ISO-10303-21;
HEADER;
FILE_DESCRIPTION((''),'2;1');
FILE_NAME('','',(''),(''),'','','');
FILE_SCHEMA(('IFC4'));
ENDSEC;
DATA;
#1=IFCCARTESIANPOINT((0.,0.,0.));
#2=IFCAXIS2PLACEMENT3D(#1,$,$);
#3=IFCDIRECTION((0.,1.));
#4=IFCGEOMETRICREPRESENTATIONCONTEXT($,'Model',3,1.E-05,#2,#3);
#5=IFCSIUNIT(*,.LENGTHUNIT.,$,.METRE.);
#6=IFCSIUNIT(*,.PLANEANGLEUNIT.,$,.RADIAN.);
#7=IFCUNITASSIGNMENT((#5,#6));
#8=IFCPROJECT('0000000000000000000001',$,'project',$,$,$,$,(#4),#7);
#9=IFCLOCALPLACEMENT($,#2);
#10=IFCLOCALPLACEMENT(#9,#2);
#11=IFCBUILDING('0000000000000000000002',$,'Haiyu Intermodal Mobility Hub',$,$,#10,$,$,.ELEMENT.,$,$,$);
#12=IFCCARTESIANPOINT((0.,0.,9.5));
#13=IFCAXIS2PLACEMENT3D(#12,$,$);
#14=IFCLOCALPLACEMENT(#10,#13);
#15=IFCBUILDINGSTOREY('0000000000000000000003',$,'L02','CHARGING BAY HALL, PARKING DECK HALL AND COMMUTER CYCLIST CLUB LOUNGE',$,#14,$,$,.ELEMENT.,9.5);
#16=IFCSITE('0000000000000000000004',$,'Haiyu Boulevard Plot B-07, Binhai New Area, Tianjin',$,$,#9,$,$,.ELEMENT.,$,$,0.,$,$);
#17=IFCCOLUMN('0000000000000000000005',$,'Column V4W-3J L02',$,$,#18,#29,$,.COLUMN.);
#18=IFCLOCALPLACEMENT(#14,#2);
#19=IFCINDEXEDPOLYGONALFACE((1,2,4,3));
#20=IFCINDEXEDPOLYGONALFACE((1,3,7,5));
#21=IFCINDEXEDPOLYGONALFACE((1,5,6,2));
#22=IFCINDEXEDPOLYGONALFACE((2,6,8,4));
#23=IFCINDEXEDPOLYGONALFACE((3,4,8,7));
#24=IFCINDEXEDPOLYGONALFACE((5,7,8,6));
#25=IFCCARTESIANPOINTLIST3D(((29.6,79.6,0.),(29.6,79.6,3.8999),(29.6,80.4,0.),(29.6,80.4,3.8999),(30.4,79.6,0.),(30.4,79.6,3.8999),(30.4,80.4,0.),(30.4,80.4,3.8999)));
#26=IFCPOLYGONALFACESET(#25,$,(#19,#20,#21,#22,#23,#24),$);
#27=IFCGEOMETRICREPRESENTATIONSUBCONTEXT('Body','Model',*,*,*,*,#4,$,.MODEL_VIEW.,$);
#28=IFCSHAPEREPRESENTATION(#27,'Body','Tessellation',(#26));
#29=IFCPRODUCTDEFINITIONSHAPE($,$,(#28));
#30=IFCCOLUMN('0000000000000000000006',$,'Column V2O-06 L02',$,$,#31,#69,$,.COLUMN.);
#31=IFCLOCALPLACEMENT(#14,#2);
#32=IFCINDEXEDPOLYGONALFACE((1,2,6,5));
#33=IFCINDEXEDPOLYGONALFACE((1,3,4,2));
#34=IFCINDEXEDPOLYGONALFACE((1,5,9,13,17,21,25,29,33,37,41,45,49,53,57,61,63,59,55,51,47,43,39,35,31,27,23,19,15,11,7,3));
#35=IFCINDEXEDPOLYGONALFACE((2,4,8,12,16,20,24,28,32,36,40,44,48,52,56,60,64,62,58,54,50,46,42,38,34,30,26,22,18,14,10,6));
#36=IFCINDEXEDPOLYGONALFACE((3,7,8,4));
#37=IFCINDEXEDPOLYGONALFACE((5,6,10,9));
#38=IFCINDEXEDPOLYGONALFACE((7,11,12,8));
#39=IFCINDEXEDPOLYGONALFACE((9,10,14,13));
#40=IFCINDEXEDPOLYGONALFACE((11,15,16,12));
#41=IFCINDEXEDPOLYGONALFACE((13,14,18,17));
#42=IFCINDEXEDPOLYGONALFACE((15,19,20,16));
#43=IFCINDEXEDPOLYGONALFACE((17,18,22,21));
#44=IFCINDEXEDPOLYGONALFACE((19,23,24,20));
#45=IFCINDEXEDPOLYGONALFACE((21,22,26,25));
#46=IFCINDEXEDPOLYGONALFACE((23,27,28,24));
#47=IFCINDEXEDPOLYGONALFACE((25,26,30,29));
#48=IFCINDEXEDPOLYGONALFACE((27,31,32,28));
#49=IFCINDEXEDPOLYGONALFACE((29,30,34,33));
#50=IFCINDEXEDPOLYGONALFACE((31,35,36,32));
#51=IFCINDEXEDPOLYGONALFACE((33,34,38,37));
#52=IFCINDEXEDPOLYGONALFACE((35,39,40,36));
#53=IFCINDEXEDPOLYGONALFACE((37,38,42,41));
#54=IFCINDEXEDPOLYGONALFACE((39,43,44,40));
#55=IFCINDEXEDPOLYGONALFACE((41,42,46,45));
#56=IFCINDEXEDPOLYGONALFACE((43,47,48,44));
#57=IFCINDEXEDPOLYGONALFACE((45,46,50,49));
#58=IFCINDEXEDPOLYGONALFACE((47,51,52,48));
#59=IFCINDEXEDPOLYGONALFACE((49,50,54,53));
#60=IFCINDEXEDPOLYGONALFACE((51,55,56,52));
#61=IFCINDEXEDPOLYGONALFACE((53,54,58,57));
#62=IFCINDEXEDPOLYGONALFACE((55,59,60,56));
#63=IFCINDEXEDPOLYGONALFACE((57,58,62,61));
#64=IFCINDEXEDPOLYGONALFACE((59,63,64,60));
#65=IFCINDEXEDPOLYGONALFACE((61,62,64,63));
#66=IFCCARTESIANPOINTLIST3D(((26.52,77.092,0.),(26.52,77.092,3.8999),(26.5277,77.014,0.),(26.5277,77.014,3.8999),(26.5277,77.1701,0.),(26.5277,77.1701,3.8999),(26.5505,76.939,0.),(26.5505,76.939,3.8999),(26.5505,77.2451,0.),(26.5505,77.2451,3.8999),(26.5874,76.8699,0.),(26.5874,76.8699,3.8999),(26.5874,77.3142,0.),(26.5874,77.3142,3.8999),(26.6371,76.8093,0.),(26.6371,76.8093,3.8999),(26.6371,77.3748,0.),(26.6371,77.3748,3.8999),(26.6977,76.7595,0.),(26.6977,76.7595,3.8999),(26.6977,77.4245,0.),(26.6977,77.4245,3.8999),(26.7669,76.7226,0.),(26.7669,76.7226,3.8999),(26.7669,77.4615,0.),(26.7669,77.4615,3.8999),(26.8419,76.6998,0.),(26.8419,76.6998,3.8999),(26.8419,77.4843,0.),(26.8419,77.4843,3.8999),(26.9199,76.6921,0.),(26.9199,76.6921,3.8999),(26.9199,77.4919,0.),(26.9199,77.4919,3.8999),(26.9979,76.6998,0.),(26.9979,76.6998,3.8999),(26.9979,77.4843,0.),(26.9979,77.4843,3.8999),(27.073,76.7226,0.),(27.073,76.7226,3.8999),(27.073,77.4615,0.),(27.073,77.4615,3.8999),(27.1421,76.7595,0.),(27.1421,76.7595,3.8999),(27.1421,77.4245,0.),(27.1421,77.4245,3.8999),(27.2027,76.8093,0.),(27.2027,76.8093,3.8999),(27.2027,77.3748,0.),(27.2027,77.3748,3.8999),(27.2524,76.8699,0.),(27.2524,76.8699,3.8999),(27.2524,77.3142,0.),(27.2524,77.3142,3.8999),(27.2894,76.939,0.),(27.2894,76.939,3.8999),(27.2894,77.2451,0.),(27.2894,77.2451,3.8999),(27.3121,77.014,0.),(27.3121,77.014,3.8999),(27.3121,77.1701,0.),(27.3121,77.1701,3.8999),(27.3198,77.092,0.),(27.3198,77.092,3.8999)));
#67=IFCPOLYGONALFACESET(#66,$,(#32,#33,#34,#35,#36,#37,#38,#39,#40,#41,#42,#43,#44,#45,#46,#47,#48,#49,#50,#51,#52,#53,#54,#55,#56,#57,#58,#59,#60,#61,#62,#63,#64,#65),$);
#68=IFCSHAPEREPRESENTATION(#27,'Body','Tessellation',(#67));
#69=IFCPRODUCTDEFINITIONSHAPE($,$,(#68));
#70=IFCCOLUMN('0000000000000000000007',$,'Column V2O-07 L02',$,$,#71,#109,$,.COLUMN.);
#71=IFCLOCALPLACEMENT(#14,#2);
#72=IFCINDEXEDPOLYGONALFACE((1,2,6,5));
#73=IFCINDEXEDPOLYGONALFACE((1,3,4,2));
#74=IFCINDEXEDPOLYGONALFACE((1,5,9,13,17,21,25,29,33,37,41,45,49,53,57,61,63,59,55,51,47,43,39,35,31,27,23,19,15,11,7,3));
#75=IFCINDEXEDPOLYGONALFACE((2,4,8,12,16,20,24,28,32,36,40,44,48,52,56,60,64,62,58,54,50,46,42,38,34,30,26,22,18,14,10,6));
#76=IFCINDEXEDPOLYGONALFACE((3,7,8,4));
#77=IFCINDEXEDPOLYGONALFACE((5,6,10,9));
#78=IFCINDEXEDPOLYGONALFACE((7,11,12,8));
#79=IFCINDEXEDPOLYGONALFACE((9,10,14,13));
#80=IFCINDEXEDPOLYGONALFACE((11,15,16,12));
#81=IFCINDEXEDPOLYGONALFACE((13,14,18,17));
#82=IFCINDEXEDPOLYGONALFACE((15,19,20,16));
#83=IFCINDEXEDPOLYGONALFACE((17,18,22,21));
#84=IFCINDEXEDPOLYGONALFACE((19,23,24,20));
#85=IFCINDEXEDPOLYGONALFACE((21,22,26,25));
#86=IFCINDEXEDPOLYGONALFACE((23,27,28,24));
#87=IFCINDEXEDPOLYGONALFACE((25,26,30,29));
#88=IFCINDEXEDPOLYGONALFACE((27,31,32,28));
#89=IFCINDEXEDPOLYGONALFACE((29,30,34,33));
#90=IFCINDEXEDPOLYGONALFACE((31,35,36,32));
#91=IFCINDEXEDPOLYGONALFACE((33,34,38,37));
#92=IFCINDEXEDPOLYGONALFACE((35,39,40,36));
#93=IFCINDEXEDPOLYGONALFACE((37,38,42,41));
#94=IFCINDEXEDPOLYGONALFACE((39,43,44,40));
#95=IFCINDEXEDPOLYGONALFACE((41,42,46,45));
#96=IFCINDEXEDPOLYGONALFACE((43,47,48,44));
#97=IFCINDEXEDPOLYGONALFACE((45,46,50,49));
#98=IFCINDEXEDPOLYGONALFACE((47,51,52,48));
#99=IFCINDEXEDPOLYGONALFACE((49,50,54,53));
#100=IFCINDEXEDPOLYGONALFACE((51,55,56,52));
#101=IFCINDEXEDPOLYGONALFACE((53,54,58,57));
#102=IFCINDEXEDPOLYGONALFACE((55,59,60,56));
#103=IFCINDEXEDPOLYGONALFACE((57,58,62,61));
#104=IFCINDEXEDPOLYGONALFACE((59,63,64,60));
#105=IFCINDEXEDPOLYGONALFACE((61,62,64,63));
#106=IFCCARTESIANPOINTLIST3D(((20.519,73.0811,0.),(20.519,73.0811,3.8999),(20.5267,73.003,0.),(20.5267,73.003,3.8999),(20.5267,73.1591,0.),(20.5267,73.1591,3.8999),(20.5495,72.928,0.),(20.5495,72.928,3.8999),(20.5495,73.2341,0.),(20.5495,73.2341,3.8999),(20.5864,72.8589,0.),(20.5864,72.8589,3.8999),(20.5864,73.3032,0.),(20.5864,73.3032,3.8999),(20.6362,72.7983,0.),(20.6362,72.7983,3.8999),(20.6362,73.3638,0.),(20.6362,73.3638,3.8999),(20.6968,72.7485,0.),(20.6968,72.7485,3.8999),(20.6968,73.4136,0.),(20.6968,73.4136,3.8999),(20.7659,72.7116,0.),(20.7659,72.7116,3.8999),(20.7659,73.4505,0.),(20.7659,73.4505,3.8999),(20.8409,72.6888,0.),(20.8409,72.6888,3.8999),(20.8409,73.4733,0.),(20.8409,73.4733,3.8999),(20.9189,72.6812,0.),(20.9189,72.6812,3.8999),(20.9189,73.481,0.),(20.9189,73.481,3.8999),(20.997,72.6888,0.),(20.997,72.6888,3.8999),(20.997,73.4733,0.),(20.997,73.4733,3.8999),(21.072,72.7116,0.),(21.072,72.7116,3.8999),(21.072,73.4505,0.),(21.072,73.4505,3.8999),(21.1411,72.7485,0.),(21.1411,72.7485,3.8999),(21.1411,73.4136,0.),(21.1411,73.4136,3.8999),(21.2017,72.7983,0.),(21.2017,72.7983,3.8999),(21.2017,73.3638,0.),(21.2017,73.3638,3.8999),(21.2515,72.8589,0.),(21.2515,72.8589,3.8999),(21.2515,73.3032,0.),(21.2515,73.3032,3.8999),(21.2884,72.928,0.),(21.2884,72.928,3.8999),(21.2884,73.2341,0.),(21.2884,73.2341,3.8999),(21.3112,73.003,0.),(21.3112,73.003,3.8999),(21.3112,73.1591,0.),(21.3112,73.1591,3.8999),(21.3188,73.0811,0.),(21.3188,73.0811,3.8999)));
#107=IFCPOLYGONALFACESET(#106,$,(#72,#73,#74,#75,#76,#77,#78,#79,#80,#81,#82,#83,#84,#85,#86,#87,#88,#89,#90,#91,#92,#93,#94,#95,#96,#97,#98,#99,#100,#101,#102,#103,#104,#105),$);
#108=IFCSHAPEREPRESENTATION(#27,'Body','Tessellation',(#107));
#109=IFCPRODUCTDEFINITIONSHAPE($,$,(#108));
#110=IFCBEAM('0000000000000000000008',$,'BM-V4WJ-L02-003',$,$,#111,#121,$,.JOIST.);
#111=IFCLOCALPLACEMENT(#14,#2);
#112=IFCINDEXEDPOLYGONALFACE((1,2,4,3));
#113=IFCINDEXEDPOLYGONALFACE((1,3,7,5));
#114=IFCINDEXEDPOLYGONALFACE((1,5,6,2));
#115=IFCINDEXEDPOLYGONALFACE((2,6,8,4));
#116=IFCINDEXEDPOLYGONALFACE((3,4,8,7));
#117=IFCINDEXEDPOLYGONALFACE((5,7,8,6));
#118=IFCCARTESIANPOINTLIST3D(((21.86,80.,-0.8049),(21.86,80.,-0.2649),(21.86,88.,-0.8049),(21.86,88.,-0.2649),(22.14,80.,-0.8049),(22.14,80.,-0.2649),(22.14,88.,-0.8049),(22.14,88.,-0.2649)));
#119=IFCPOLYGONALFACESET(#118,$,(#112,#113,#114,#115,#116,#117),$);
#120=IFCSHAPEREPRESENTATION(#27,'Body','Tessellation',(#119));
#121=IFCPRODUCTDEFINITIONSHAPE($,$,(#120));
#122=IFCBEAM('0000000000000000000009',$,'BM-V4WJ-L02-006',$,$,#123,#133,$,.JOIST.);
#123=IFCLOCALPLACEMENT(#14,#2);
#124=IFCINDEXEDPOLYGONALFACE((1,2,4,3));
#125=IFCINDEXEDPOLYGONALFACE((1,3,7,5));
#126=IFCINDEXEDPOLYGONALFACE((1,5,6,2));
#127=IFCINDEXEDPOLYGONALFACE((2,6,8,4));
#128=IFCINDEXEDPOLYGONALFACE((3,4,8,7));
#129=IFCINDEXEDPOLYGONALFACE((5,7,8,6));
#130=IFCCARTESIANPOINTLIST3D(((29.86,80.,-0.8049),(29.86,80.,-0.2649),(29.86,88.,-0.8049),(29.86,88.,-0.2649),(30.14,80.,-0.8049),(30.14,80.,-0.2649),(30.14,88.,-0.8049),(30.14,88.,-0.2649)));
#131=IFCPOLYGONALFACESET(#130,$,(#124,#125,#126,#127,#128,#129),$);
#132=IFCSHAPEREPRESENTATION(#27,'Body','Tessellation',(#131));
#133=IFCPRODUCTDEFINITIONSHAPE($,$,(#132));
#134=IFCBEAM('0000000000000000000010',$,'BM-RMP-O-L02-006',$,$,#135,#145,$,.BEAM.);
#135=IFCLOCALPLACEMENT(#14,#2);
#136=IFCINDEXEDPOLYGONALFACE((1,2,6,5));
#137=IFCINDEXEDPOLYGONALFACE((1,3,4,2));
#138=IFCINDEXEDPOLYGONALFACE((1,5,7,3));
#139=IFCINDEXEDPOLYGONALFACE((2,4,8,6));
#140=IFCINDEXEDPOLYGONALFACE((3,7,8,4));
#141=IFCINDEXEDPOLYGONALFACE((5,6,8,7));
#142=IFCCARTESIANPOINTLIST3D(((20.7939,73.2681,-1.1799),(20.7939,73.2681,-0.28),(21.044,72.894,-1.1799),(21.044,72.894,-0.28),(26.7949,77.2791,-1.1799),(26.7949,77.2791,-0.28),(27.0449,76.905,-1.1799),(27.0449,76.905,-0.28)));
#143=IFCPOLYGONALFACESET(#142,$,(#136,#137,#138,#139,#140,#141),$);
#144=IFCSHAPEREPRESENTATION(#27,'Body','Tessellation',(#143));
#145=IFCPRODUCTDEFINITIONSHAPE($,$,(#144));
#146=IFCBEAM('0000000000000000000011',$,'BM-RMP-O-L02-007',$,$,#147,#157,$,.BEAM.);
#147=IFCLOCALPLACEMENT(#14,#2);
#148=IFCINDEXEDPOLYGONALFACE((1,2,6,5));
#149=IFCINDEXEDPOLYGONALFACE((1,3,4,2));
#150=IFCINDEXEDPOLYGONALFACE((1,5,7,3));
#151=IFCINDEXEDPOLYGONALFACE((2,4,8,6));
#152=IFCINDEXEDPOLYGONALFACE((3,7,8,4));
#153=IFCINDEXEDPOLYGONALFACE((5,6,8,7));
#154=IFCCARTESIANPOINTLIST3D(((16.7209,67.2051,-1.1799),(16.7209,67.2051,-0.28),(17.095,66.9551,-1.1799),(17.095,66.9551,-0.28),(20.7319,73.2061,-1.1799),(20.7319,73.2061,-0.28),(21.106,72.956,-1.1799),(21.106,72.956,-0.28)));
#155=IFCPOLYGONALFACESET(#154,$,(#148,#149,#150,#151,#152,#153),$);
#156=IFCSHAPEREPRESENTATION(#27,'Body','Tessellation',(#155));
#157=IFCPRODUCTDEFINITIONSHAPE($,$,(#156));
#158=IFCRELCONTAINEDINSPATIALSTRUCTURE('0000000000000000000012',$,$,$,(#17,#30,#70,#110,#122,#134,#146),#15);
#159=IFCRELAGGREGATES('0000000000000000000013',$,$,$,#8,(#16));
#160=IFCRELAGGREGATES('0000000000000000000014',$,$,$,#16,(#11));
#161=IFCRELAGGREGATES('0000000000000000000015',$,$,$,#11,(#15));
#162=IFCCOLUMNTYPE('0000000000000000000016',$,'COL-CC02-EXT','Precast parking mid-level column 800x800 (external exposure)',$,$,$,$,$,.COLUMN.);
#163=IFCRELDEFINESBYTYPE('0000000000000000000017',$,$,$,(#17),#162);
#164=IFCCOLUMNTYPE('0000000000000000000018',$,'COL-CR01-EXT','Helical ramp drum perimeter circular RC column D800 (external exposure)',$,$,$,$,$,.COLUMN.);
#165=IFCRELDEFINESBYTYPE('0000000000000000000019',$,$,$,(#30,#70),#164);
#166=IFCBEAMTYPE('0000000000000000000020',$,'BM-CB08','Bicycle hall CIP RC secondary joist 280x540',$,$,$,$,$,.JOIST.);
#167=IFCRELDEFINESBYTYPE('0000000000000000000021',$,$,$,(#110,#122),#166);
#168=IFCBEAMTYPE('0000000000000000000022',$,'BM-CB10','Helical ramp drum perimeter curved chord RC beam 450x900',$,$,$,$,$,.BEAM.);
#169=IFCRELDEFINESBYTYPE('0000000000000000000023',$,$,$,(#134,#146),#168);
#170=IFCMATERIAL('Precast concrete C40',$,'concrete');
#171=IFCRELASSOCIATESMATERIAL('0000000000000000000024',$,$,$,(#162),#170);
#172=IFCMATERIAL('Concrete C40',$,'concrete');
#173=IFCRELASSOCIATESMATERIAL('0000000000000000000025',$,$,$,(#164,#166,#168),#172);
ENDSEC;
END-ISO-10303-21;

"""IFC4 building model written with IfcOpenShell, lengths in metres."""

from ifc_helpers import new_model, si_unit, direction, frame, origin, origin_2d, place, context, subcontext, project, spatial, rectangle, circle, extrude, material, material_profile, profile_set, type_object, element, save


model = new_model("IFC4")

# Units and contexts
model_context = context("Model", 3, precision=1e-05, world=origin(), true_north=direction((0.0, 1.0)))
body_context = subcontext(model_context, "Body", "Model", "MODEL_VIEW")
ifc_project = project(units=[si_unit("LENGTHUNIT", "METRE"), si_unit("PLANEANGLEUNIT", "RADIAN")], contexts=[model_context])

# Site, building, storey
site_placement = place(None, origin())
site = spatial("IfcSite", under=ifc_project, at=site_placement, Name="Haiyu Boulevard Plot B-07, Binhai New Area, Tianjin", CompositionType="ELEMENT", RefElevation=0.0)
building_placement = place(site_placement, origin())
building = spatial("IfcBuilding", under=site, at=building_placement, Name="Haiyu Intermodal Mobility Hub", CompositionType="ELEMENT")
storey_placement = place(building_placement, frame((0.0, 0.0, 9.5)))
storey = spatial("IfcBuildingStorey", under=building, at=storey_placement, Name="L02", Description="CHARGING BAY HALL, PARKING DECK HALL AND COMMUTER CYCLIST CLUB LOUNGE", CompositionType="ELEMENT", Elevation=9.5)

# Columns
ifc_material_1 = material(Name="Precast concrete C40", Category="concrete")
ifc_material_profile_1 = material_profile(ifc_material_1, rectangle(XDim=0.8, YDim=0.8, at=origin_2d()), Name="RC800x800")
ifc_profile_set_1 = profile_set([ifc_material_profile_1], Name="Precast concrete C40")
column_type_1 = type_object("IfcColumnType", Name="COL-CC02-EXT", Description="Precast parking mid-level column 800x800 (external exposure)", PredefinedType="COLUMN", material=ifc_profile_set_1)
column_placement = place(storey_placement, frame((30.0, 80.0, 0.0), z_axis=(0.0, 0.0, 1.0), x_axis=(1.0, 0.0, 0.0)))
element("IfcColumn", 1, at=column_placement, inside=storey, type_object=column_type_1, Name="Column V4W-3J L02", PredefinedType="COLUMN", context=body_context, shape_type="SweptSolid", body=[
    extrude(rectangle(XDim=0.8, YDim=0.8, at=origin_2d()), origin(), (0.0, 0.0, 1.0), 3.8999),
])
ifc_material_2 = material(Name="Concrete C40", Category="concrete")
ifc_material_profile_2 = material_profile(ifc_material_2, circle(Radius=0.3999, at=origin_2d()), Name="RCCOL-D800")
ifc_profile_set_2 = profile_set([ifc_material_profile_2], Name="Concrete C40")
column_type_2 = type_object("IfcColumnType", Name="COL-CR01-EXT", Description="Helical ramp drum perimeter circular RC column D800 (external exposure)", PredefinedType="COLUMN", material=ifc_profile_set_2)
for number, where, z_axis, x_axis, name in (
    (2, (26.9199, 77.092, 0.0), (0.0, 0.0, 1.0), (1.0, 0.0, 0.0), "Column V2O-06 L02"),
    (3, (20.9189, 73.0811, 0.0), (0.0, 0.0, 1.0), (1.0, 0.0, 0.0), "Column V2O-07 L02"),
):
    element("IfcColumn", number, at=place(storey_placement, frame(where, z_axis=z_axis, x_axis=x_axis)), inside=storey, type_object=column_type_2, Name=name, PredefinedType="COLUMN", context=body_context, shape_type="SweptSolid", body=[
        extrude(circle(Radius=0.3999, at=origin_2d()), origin(), (0.0, 0.0, 1.0), 3.8999),
    ])

# Beams
ifc_material_profile_3 = material_profile(ifc_material_2, rectangle(XDim=0.28, YDim=0.54, at=origin_2d()), Name="RCB280x540")
ifc_profile_set_3 = profile_set([ifc_material_profile_3], Name="Concrete C40")
beam_type_1 = type_object("IfcBeamType", Name="BM-CB08", Description="Bicycle hall CIP RC secondary joist 280x540", PredefinedType="JOIST", material=ifc_profile_set_3)
for number, where, z_axis, x_axis, name in (
    (4, (22.0, 80.0, -0.5349), (0.0, 1.0, 0.0), (-1.0, 0.0, 0.0), "BM-V4WJ-L02-003"),
    (5, (30.0, 80.0, -0.5349), (0.0, 1.0, 0.0), (-1.0, 0.0, 0.0), "BM-V4WJ-L02-006"),
):
    element("IfcBeam", number, at=place(storey_placement, frame(where, z_axis=z_axis, x_axis=x_axis)), inside=storey, type_object=beam_type_1, Name=name, PredefinedType="JOIST", context=body_context, shape_type="SweptSolid", body=[
        extrude(rectangle(XDim=0.28, YDim=0.54, at=origin_2d()), origin(), (0.0, 0.0, 1.0), 8.0),
    ])
ifc_material_profile_4 = material_profile(ifc_material_2, rectangle(XDim=0.45, YDim=0.8999, at=origin_2d()), Name="RCB450x900")
ifc_profile_set_4 = profile_set([ifc_material_profile_4], Name="Concrete C40")
beam_type_2 = type_object("IfcBeamType", Name="BM-CB10", Description="Helical ramp drum perimeter curved chord RC beam 450x900", PredefinedType="BEAM", material=ifc_profile_set_4)
for number, where, z_axis, x_axis, name in (
    (6, (26.9199, 77.092, -0.73), (-0.831389, -0.555691, 0.0), (0.555691, -0.831389, 0.0), "BM-RMP-O-L02-006"),
    (7, (20.9189, 73.0811, -0.73), (-0.555691, -0.831389, 0.0), (0.831389, -0.555691, 0.0), "BM-RMP-O-L02-007"),
):
    element("IfcBeam", number, at=place(storey_placement, frame(where, z_axis=z_axis, x_axis=x_axis)), inside=storey, type_object=beam_type_2, Name=name, PredefinedType="BEAM", context=body_context, shape_type="SweptSolid", body=[
        extrude(rectangle(XDim=0.45, YDim=0.8999, at=origin_2d()), origin(), (0.0, 0.0, 1.0), 7.218),
    ])

save(model, "model.ifc")
